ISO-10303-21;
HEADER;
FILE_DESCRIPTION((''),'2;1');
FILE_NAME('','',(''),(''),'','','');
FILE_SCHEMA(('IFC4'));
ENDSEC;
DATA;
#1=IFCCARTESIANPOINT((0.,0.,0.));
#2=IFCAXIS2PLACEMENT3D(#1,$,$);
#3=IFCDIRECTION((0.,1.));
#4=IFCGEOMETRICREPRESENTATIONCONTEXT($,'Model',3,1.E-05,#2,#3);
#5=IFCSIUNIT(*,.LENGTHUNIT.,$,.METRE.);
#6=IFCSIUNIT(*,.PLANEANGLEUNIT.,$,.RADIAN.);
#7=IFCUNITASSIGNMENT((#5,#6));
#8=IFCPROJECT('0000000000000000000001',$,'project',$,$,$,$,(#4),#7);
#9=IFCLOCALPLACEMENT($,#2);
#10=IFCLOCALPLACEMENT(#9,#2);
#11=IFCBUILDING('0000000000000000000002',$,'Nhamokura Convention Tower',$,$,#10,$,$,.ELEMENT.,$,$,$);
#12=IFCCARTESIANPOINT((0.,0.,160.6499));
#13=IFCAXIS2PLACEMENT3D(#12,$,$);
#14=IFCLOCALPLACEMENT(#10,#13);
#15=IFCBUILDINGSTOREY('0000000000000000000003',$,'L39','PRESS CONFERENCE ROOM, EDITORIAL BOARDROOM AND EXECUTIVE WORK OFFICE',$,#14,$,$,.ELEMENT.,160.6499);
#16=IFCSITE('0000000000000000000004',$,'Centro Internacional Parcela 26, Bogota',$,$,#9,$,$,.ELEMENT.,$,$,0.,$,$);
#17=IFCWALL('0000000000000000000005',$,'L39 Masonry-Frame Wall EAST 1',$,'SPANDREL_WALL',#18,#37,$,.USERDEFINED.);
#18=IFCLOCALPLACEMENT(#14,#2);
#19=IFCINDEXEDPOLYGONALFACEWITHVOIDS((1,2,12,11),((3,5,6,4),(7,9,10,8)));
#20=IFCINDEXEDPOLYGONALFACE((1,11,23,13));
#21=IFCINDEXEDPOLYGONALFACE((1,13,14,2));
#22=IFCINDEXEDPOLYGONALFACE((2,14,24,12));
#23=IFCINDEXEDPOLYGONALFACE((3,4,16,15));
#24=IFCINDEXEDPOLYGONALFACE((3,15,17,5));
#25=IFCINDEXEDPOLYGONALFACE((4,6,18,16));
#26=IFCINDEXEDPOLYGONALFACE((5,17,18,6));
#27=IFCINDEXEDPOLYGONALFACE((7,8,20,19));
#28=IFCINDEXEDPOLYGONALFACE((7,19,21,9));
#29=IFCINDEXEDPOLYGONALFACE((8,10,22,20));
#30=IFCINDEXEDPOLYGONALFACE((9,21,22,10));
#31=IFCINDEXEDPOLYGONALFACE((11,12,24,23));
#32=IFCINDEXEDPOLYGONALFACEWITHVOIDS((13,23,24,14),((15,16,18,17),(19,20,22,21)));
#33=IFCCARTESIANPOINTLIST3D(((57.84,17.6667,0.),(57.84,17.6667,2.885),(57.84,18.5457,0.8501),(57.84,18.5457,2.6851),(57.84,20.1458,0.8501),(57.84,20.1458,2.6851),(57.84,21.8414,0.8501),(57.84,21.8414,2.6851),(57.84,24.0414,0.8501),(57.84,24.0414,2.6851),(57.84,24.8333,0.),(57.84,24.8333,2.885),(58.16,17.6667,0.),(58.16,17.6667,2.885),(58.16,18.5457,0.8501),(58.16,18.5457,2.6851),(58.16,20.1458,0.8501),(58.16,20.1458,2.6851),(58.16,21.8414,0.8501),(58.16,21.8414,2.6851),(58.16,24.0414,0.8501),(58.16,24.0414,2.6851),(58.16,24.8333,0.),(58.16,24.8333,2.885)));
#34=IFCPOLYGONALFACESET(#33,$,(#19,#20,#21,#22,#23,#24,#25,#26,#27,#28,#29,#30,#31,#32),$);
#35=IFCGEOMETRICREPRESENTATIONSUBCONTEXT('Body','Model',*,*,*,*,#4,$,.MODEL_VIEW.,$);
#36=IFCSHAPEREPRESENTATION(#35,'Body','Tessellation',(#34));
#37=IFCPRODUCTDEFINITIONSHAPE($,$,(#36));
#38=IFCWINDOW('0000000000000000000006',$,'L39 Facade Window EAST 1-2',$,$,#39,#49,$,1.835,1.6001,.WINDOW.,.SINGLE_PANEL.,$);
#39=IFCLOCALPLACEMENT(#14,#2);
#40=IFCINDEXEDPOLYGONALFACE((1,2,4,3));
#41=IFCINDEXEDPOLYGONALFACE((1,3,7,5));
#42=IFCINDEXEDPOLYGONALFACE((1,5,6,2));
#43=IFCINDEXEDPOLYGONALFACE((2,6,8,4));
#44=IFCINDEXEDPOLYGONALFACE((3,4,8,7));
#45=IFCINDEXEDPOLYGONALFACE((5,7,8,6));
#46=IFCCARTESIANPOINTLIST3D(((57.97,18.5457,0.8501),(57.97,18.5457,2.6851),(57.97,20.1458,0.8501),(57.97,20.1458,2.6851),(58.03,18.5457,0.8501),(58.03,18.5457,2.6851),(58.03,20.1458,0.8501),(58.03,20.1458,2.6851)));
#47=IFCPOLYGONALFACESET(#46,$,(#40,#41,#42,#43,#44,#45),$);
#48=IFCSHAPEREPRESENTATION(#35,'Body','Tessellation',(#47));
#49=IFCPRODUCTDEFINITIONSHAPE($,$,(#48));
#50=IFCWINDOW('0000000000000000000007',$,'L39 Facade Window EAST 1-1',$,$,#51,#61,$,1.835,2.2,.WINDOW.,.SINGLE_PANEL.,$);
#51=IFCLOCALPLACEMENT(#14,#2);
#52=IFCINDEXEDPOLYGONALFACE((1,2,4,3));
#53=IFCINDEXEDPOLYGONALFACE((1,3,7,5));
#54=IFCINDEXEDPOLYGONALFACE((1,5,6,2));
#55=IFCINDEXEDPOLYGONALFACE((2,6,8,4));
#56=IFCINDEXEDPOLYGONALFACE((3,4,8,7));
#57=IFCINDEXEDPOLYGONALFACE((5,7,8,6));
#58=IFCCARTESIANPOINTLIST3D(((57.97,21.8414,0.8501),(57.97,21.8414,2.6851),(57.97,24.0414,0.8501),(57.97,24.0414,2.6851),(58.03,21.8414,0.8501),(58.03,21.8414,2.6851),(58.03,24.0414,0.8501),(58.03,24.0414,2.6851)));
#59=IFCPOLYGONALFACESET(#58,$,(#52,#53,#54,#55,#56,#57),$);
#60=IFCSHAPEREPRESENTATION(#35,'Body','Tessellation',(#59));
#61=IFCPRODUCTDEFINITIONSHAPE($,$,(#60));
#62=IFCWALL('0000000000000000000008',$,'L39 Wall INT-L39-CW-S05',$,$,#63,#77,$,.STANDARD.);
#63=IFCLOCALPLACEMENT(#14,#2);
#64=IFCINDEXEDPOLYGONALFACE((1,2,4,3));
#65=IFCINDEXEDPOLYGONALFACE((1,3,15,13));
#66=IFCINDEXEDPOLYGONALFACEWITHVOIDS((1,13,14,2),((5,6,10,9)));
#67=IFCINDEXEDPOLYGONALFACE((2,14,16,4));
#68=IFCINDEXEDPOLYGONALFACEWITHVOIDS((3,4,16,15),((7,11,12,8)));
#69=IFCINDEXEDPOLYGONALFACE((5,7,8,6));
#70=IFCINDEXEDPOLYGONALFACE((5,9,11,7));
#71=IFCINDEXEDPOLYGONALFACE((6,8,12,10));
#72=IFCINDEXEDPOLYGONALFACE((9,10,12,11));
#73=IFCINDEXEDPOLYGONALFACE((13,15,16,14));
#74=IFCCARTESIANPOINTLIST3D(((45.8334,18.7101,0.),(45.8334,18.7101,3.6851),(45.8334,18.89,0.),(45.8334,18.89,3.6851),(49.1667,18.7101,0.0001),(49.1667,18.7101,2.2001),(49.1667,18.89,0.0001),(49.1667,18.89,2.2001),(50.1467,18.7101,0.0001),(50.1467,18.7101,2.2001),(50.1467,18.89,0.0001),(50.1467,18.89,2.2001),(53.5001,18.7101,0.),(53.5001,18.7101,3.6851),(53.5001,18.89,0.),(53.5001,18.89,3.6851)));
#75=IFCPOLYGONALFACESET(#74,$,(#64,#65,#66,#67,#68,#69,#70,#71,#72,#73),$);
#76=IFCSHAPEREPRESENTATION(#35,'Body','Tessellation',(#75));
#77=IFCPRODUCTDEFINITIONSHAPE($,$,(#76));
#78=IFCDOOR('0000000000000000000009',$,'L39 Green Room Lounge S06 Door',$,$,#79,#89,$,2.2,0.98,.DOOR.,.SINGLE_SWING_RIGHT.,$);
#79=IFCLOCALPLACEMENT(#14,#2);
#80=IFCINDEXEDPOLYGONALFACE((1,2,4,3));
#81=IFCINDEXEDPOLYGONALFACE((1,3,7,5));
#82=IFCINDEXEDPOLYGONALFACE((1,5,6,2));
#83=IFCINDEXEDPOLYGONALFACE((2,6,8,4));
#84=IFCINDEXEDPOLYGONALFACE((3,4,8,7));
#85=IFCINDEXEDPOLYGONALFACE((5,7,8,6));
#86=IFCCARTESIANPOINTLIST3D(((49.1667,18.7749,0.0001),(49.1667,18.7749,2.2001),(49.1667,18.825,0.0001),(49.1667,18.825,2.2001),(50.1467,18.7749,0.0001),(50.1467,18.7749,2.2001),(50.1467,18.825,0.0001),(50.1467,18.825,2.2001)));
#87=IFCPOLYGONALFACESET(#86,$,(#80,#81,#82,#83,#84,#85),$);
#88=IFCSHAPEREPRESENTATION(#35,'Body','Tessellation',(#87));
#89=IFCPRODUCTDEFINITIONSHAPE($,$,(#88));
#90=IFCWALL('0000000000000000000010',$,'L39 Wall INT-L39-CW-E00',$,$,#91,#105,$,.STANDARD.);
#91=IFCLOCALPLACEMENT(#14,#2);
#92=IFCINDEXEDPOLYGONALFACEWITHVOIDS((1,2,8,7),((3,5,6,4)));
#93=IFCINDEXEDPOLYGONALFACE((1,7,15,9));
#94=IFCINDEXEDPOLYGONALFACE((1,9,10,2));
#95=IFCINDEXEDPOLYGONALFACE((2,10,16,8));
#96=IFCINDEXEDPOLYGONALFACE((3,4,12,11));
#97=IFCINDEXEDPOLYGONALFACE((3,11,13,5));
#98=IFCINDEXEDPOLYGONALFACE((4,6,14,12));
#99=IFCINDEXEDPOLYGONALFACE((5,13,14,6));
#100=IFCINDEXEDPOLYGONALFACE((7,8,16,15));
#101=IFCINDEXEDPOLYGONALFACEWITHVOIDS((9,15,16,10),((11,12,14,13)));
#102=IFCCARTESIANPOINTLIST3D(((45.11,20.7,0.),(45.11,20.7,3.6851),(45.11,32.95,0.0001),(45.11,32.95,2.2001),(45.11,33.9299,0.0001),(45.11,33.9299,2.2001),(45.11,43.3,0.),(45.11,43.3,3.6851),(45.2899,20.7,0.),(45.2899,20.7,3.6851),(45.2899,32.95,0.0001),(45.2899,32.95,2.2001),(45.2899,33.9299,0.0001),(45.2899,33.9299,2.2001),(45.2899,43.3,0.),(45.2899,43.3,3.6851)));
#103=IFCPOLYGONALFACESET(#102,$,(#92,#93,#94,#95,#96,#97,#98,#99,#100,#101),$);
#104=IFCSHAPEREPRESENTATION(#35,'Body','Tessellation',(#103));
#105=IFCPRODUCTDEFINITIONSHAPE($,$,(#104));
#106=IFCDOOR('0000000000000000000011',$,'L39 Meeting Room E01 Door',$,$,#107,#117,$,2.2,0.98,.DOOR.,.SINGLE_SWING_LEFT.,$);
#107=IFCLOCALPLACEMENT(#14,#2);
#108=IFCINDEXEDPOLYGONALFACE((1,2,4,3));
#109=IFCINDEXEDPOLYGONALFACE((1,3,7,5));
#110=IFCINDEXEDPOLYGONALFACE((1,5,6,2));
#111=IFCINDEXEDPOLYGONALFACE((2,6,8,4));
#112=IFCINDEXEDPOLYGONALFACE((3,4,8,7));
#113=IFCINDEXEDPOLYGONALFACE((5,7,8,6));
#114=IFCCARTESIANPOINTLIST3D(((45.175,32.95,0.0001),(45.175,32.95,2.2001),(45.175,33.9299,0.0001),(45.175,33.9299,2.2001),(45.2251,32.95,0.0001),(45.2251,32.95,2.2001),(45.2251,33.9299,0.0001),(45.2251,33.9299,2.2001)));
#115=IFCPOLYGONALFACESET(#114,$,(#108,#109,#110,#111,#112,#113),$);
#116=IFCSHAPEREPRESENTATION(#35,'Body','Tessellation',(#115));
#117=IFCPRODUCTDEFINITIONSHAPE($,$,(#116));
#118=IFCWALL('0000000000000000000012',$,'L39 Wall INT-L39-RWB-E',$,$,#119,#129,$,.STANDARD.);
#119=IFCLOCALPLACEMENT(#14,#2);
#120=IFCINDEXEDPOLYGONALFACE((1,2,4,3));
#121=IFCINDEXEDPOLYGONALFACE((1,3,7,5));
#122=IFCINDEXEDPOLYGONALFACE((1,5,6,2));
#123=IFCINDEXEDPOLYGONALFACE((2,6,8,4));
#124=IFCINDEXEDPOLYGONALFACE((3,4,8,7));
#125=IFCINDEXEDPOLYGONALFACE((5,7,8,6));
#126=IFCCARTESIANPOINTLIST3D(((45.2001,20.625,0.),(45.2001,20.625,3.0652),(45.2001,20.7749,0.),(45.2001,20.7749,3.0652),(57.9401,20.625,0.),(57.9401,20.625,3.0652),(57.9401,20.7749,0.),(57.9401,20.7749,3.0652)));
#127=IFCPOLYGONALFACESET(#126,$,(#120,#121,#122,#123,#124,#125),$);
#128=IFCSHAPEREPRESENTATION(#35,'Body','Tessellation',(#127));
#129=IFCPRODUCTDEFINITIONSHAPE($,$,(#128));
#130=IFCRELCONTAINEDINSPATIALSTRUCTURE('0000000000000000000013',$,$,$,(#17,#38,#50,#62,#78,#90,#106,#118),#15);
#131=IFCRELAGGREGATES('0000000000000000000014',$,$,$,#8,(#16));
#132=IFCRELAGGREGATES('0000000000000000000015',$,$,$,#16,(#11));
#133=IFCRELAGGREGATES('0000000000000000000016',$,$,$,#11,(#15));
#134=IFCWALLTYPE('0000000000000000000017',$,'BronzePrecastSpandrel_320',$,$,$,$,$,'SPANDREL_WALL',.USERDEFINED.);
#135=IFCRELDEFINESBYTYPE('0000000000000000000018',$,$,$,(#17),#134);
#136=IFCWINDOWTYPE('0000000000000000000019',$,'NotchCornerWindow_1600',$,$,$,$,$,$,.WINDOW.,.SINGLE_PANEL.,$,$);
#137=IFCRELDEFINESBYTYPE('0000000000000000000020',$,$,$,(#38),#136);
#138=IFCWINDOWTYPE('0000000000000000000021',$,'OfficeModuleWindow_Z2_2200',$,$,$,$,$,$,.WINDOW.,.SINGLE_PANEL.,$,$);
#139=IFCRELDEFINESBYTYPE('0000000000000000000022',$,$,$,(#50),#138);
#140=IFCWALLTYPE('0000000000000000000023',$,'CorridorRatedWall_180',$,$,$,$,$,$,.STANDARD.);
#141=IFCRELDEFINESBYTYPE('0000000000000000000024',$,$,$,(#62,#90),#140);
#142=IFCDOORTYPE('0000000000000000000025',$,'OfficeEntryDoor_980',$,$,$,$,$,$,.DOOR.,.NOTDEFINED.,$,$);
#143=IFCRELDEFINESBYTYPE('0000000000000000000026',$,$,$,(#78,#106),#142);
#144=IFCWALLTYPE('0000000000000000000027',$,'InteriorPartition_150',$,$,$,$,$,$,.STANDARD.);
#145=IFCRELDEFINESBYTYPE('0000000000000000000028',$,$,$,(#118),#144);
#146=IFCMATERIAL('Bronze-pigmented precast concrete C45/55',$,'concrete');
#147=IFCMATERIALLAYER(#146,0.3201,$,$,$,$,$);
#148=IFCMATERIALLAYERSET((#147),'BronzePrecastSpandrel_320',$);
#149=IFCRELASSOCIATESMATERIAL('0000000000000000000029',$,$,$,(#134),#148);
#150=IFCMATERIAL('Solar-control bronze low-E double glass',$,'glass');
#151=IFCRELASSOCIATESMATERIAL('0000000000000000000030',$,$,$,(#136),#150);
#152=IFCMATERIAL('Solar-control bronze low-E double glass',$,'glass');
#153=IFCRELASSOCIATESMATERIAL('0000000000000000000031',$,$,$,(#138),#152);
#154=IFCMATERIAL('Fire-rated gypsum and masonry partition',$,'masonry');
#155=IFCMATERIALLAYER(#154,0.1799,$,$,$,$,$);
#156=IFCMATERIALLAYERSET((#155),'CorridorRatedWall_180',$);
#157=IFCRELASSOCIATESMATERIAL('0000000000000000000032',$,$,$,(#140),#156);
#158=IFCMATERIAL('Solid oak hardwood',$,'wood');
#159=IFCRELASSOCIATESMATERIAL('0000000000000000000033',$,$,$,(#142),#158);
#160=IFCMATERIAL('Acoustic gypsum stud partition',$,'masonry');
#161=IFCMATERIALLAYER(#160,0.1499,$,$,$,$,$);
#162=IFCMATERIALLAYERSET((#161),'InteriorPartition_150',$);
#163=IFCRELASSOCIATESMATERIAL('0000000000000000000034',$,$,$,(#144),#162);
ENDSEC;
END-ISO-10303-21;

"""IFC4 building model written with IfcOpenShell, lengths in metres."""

from ifc_helpers import new_model, si_unit, direction, frame, frame_2d, origin, place, context, subcontext, project, spatial, rectangle, extrude, material, layer, layer_set, type_object, element, fill, save


model = new_model("IFC4")

# Units and contexts
model_context = context("Model", 3, precision=1e-05, world=origin(), true_north=direction((0.0, 1.0)))
body_context = subcontext(model_context, "Body", "Model", "MODEL_VIEW")
ifc_project = project(units=[si_unit("LENGTHUNIT", "METRE"), si_unit("PLANEANGLEUNIT", "RADIAN")], contexts=[model_context])

# Site, building, storey
site_placement = place(None, origin())
site = spatial("IfcSite", under=ifc_project, at=site_placement, Name="Centro Internacional Parcela 26, Bogota", CompositionType="ELEMENT", RefElevation=0.0)
building_placement = place(site_placement, origin())
building = spatial("IfcBuilding", under=site, at=building_placement, Name="Nhamokura Convention Tower", CompositionType="ELEMENT")
storey_placement = place(building_placement, frame((0.0, 0.0, 160.6499)))
storey = spatial("IfcBuildingStorey", under=building, at=storey_placement, Name="L39", Description="PRESS CONFERENCE ROOM, EDITORIAL BOARDROOM AND EXECUTIVE WORK OFFICE", CompositionType="ELEMENT", Elevation=160.6499)

# Shared definitions
ifc_material_1 = material(Name="Bronze-pigmented precast concrete C45/55", Category="concrete")
ifc_layer_1 = layer(ifc_material_1, 0.3201)
ifc_layer_set_1 = layer_set([ifc_layer_1], Name="BronzePrecastSpandrel_320")
wall_type_1 = type_object("IfcWallType", Name="BronzePrecastSpandrel_320", ElementType="SPANDREL_WALL", PredefinedType="USERDEFINED", material=ifc_layer_set_1)

# Wall, openings, windows
wall_1_placement = place(storey_placement, frame((58.0, 24.8333, 0.0), z_axis=(0.0, 0.0, 1.0), x_axis=(0.0, -1.0, 0.0)))
wall_1 = element("IfcWall", 1, at=wall_1_placement, inside=storey, type_object=wall_type_1, Name="L39 Masonry-Frame Wall EAST 1", ObjectType="SPANDREL_WALL", PredefinedType="USERDEFINED", context=body_context, shape_type="SweptSolid", body=[
    extrude(rectangle(XDim=7.1665, YDim=0.3201, at=frame_2d((3.5833, 0.0))), origin(), (0.0, 0.0, 1.0), 2.885),
])
opening_1_placement = place(wall_1_placement, frame((0.7917, 0.0, 0.8501)))
opening_1 = element("IfcOpeningElement", 2, at=opening_1_placement, cuts=wall_1, PredefinedType="OPENING", context=body_context, shape_type="SweptSolid", body=[
    extrude(rectangle(XDim=2.2, YDim=1.835, at=frame_2d((1.1001, 0.9175))), frame((0.0, 0.1699, 0.0), z_axis=(0.0, -1.0, 0.0), x_axis=(1.0, 0.0, 0.0)), (0.0, 0.0, 1.0), 0.3401),
])
opening_2_placement = place(wall_1_placement, frame((4.6875, 0.0, 0.8501)))
opening_2 = element("IfcOpeningElement", 3, at=opening_2_placement, cuts=wall_1, PredefinedType="OPENING", context=body_context, shape_type="SweptSolid", body=[
    extrude(rectangle(XDim=1.6001, YDim=1.835, at=frame_2d((0.8, 0.9175))), frame((0.0, 0.1699, 0.0), z_axis=(0.0, -1.0, 0.0), x_axis=(1.0, 0.0, 0.0)), (0.0, 0.0, 1.0), 0.3401),
])
ifc_material_2 = material(Name="Solar-control bronze low-E double glass", Category="glass")
window_type_1 = type_object("IfcWindowType", Name="NotchCornerWindow_1600", PartitioningType="SINGLE_PANEL", PredefinedType="WINDOW", material=ifc_material_2)
window_1_placement = place(opening_2_placement, origin())
window_1 = element("IfcWindow", 4, at=window_1_placement, inside=storey, type_object=window_type_1, Name="L39 Facade Window EAST 1-2", OverallHeight=1.835, OverallWidth=1.6001, PartitioningType="SINGLE_PANEL", PredefinedType="WINDOW", context=body_context, shape_type="SweptSolid", body=[
    extrude(rectangle(XDim=1.6001, YDim=1.835, at=frame_2d((0.8, 0.9175))), frame((0.0, 0.03, 0.0), z_axis=(0.0, -1.0, 0.0), x_axis=(1.0, 0.0, 0.0)), (0.0, 0.0, 1.0), 0.0601),
])
fill(opening_2, window_1)
ifc_material_3 = material(Name="Solar-control bronze low-E double glass", Category="glass")
window_type_2 = type_object("IfcWindowType", Name="OfficeModuleWindow_Z2_2200", PartitioningType="SINGLE_PANEL", PredefinedType="WINDOW", material=ifc_material_3)
window_2_placement = place(opening_1_placement, origin())
window_2 = element("IfcWindow", 5, at=window_2_placement, inside=storey, type_object=window_type_2, Name="L39 Facade Window EAST 1-1", OverallHeight=1.835, OverallWidth=2.2, PartitioningType="SINGLE_PANEL", PredefinedType="WINDOW", context=body_context, shape_type="SweptSolid", body=[
    extrude(rectangle(XDim=2.2, YDim=1.835, at=frame_2d((1.1001, 0.9175))), frame((0.0, 0.03, 0.0), z_axis=(0.0, -1.0, 0.0), x_axis=(1.0, 0.0, 0.0)), (0.0, 0.0, 1.0), 0.0601),
])
fill(opening_1, window_2)

# Walls, openings, doors
ifc_material_4 = material(Name="Fire-rated gypsum and masonry partition", Category="masonry")
ifc_layer_2 = layer(ifc_material_4, 0.1799)
ifc_layer_set_2 = layer_set([ifc_layer_2], Name="CorridorRatedWall_180")
wall_type_2 = type_object("IfcWallType", Name="CorridorRatedWall_180", PredefinedType="STANDARD", material=ifc_layer_set_2)
wall_2_placement = place(storey_placement, frame((45.8333, 18.8, 0.0), z_axis=(0.0, 0.0, 1.0), x_axis=(1.0, 0.0, 0.0)))
wall_2 = element("IfcWall", 6, at=wall_2_placement, inside=storey, type_object=wall_type_2, Name="L39 Wall INT-L39-CW-S05", PredefinedType="STANDARD", context=body_context, shape_type="SweptSolid", body=[
    extrude(rectangle(XDim=7.6667, YDim=0.1799, at=frame_2d((3.8335, 0.0))), origin(), (0.0, 0.0, 1.0), 3.6851),
])
opening_3_placement = place(wall_2_placement, frame((3.3335, 0.0, 0.0)))
opening_3 = element("IfcOpeningElement", 7, at=opening_3_placement, cuts=wall_2, PredefinedType="OPENING", context=body_context, shape_type="SweptSolid", body=[
    extrude(rectangle(XDim=0.98, YDim=2.2, at=frame_2d((0.49, 1.1001))), frame((0.0, 0.0999, 0.0), z_axis=(0.0, -1.0, 0.0), x_axis=(1.0, 0.0, 0.0)), (0.0, 0.0, 1.0), 0.2),
])
ifc_material_5 = material(Name="Solid oak hardwood", Category="wood")
door_type = type_object("IfcDoorType", Name="OfficeEntryDoor_980", OperationType="NOTDEFINED", PredefinedType="DOOR", material=ifc_material_5)
door_1_placement = place(opening_3_placement, origin())
door_1 = element("IfcDoor", 8, at=door_1_placement, inside=storey, type_object=door_type, Name="L39 Green Room Lounge S06 Door", OperationType="SINGLE_SWING_RIGHT", OverallHeight=2.2, OverallWidth=0.98, PredefinedType="DOOR", context=body_context, shape_type="SweptSolid", body=[
    extrude(rectangle(XDim=0.98, YDim=2.2, at=frame_2d((0.49, 1.1001))), frame((0.0, 0.0249, 0.0), z_axis=(0.0, -1.0, 0.0), x_axis=(1.0, 0.0, 0.0)), (0.0, 0.0, 1.0), 0.05),
])
fill(opening_3, door_1)
wall_3_placement = place(storey_placement, frame((45.2, 20.7, 0.0), z_axis=(0.0, 0.0, 1.0), x_axis=(0.0, 1.0, 0.0)))
wall_3 = element("IfcWall", 9, at=wall_3_placement, inside=storey, type_object=wall_type_2, Name="L39 Wall INT-L39-CW-E00", PredefinedType="STANDARD", context=body_context, shape_type="SweptSolid", body=[
    extrude(rectangle(XDim=22.6001, YDim=0.1799, at=frame_2d((11.3, 0.0))), origin(), (0.0, 0.0, 1.0), 3.6851),
])
opening_4_placement = place(wall_3_placement, frame((12.25, 0.0, 0.0)))
opening_4 = element("IfcOpeningElement", 10, at=opening_4_placement, cuts=wall_3, PredefinedType="OPENING", context=body_context, shape_type="SweptSolid", body=[
    extrude(rectangle(XDim=0.98, YDim=2.2, at=frame_2d((0.49, 1.1001))), frame((0.0, 0.0999, 0.0), z_axis=(0.0, -1.0, 0.0), x_axis=(1.0, 0.0, 0.0)), (0.0, 0.0, 1.0), 0.2),
])
door_2_placement = place(opening_4_placement, origin())
door_2 = element("IfcDoor", 11, at=door_2_placement, inside=storey, type_object=door_type, Name="L39 Meeting Room E01 Door", OperationType="SINGLE_SWING_LEFT", OverallHeight=2.2, OverallWidth=0.98, PredefinedType="DOOR", context=body_context, shape_type="SweptSolid", body=[
    extrude(rectangle(XDim=0.98, YDim=2.2, at=frame_2d((0.49, 1.1001))), frame((0.0, 0.0249, 0.0), z_axis=(0.0, -1.0, 0.0), x_axis=(1.0, 0.0, 0.0)), (0.0, 0.0, 1.0), 0.05),
])
fill(opening_4, door_2)

# Wall
ifc_material_6 = material(Name="Acoustic gypsum stud partition", Category="masonry")
ifc_layer_3 = layer(ifc_material_6, 0.1499)
ifc_layer_set_3 = layer_set([ifc_layer_3], Name="InteriorPartition_150")
wall_type_3 = type_object("IfcWallType", Name="InteriorPartition_150", PredefinedType="STANDARD", material=ifc_layer_set_3)
wall_4_placement = place(storey_placement, frame((45.2, 20.7, 0.0), z_axis=(0.0, 0.0, 1.0), x_axis=(1.0, 0.0, 0.0)))
element("IfcWall", 12, at=wall_4_placement, inside=storey, type_object=wall_type_3, Name="L39 Wall INT-L39-RWB-E", PredefinedType="STANDARD", context=body_context, shape_type="SweptSolid", body=[
    extrude(rectangle(XDim=12.74, YDim=0.1499, at=frame_2d((6.3701, 0.0))), origin(), (0.0, 0.0, 1.0), 3.0652),
])

save(model, "model.ifc")
